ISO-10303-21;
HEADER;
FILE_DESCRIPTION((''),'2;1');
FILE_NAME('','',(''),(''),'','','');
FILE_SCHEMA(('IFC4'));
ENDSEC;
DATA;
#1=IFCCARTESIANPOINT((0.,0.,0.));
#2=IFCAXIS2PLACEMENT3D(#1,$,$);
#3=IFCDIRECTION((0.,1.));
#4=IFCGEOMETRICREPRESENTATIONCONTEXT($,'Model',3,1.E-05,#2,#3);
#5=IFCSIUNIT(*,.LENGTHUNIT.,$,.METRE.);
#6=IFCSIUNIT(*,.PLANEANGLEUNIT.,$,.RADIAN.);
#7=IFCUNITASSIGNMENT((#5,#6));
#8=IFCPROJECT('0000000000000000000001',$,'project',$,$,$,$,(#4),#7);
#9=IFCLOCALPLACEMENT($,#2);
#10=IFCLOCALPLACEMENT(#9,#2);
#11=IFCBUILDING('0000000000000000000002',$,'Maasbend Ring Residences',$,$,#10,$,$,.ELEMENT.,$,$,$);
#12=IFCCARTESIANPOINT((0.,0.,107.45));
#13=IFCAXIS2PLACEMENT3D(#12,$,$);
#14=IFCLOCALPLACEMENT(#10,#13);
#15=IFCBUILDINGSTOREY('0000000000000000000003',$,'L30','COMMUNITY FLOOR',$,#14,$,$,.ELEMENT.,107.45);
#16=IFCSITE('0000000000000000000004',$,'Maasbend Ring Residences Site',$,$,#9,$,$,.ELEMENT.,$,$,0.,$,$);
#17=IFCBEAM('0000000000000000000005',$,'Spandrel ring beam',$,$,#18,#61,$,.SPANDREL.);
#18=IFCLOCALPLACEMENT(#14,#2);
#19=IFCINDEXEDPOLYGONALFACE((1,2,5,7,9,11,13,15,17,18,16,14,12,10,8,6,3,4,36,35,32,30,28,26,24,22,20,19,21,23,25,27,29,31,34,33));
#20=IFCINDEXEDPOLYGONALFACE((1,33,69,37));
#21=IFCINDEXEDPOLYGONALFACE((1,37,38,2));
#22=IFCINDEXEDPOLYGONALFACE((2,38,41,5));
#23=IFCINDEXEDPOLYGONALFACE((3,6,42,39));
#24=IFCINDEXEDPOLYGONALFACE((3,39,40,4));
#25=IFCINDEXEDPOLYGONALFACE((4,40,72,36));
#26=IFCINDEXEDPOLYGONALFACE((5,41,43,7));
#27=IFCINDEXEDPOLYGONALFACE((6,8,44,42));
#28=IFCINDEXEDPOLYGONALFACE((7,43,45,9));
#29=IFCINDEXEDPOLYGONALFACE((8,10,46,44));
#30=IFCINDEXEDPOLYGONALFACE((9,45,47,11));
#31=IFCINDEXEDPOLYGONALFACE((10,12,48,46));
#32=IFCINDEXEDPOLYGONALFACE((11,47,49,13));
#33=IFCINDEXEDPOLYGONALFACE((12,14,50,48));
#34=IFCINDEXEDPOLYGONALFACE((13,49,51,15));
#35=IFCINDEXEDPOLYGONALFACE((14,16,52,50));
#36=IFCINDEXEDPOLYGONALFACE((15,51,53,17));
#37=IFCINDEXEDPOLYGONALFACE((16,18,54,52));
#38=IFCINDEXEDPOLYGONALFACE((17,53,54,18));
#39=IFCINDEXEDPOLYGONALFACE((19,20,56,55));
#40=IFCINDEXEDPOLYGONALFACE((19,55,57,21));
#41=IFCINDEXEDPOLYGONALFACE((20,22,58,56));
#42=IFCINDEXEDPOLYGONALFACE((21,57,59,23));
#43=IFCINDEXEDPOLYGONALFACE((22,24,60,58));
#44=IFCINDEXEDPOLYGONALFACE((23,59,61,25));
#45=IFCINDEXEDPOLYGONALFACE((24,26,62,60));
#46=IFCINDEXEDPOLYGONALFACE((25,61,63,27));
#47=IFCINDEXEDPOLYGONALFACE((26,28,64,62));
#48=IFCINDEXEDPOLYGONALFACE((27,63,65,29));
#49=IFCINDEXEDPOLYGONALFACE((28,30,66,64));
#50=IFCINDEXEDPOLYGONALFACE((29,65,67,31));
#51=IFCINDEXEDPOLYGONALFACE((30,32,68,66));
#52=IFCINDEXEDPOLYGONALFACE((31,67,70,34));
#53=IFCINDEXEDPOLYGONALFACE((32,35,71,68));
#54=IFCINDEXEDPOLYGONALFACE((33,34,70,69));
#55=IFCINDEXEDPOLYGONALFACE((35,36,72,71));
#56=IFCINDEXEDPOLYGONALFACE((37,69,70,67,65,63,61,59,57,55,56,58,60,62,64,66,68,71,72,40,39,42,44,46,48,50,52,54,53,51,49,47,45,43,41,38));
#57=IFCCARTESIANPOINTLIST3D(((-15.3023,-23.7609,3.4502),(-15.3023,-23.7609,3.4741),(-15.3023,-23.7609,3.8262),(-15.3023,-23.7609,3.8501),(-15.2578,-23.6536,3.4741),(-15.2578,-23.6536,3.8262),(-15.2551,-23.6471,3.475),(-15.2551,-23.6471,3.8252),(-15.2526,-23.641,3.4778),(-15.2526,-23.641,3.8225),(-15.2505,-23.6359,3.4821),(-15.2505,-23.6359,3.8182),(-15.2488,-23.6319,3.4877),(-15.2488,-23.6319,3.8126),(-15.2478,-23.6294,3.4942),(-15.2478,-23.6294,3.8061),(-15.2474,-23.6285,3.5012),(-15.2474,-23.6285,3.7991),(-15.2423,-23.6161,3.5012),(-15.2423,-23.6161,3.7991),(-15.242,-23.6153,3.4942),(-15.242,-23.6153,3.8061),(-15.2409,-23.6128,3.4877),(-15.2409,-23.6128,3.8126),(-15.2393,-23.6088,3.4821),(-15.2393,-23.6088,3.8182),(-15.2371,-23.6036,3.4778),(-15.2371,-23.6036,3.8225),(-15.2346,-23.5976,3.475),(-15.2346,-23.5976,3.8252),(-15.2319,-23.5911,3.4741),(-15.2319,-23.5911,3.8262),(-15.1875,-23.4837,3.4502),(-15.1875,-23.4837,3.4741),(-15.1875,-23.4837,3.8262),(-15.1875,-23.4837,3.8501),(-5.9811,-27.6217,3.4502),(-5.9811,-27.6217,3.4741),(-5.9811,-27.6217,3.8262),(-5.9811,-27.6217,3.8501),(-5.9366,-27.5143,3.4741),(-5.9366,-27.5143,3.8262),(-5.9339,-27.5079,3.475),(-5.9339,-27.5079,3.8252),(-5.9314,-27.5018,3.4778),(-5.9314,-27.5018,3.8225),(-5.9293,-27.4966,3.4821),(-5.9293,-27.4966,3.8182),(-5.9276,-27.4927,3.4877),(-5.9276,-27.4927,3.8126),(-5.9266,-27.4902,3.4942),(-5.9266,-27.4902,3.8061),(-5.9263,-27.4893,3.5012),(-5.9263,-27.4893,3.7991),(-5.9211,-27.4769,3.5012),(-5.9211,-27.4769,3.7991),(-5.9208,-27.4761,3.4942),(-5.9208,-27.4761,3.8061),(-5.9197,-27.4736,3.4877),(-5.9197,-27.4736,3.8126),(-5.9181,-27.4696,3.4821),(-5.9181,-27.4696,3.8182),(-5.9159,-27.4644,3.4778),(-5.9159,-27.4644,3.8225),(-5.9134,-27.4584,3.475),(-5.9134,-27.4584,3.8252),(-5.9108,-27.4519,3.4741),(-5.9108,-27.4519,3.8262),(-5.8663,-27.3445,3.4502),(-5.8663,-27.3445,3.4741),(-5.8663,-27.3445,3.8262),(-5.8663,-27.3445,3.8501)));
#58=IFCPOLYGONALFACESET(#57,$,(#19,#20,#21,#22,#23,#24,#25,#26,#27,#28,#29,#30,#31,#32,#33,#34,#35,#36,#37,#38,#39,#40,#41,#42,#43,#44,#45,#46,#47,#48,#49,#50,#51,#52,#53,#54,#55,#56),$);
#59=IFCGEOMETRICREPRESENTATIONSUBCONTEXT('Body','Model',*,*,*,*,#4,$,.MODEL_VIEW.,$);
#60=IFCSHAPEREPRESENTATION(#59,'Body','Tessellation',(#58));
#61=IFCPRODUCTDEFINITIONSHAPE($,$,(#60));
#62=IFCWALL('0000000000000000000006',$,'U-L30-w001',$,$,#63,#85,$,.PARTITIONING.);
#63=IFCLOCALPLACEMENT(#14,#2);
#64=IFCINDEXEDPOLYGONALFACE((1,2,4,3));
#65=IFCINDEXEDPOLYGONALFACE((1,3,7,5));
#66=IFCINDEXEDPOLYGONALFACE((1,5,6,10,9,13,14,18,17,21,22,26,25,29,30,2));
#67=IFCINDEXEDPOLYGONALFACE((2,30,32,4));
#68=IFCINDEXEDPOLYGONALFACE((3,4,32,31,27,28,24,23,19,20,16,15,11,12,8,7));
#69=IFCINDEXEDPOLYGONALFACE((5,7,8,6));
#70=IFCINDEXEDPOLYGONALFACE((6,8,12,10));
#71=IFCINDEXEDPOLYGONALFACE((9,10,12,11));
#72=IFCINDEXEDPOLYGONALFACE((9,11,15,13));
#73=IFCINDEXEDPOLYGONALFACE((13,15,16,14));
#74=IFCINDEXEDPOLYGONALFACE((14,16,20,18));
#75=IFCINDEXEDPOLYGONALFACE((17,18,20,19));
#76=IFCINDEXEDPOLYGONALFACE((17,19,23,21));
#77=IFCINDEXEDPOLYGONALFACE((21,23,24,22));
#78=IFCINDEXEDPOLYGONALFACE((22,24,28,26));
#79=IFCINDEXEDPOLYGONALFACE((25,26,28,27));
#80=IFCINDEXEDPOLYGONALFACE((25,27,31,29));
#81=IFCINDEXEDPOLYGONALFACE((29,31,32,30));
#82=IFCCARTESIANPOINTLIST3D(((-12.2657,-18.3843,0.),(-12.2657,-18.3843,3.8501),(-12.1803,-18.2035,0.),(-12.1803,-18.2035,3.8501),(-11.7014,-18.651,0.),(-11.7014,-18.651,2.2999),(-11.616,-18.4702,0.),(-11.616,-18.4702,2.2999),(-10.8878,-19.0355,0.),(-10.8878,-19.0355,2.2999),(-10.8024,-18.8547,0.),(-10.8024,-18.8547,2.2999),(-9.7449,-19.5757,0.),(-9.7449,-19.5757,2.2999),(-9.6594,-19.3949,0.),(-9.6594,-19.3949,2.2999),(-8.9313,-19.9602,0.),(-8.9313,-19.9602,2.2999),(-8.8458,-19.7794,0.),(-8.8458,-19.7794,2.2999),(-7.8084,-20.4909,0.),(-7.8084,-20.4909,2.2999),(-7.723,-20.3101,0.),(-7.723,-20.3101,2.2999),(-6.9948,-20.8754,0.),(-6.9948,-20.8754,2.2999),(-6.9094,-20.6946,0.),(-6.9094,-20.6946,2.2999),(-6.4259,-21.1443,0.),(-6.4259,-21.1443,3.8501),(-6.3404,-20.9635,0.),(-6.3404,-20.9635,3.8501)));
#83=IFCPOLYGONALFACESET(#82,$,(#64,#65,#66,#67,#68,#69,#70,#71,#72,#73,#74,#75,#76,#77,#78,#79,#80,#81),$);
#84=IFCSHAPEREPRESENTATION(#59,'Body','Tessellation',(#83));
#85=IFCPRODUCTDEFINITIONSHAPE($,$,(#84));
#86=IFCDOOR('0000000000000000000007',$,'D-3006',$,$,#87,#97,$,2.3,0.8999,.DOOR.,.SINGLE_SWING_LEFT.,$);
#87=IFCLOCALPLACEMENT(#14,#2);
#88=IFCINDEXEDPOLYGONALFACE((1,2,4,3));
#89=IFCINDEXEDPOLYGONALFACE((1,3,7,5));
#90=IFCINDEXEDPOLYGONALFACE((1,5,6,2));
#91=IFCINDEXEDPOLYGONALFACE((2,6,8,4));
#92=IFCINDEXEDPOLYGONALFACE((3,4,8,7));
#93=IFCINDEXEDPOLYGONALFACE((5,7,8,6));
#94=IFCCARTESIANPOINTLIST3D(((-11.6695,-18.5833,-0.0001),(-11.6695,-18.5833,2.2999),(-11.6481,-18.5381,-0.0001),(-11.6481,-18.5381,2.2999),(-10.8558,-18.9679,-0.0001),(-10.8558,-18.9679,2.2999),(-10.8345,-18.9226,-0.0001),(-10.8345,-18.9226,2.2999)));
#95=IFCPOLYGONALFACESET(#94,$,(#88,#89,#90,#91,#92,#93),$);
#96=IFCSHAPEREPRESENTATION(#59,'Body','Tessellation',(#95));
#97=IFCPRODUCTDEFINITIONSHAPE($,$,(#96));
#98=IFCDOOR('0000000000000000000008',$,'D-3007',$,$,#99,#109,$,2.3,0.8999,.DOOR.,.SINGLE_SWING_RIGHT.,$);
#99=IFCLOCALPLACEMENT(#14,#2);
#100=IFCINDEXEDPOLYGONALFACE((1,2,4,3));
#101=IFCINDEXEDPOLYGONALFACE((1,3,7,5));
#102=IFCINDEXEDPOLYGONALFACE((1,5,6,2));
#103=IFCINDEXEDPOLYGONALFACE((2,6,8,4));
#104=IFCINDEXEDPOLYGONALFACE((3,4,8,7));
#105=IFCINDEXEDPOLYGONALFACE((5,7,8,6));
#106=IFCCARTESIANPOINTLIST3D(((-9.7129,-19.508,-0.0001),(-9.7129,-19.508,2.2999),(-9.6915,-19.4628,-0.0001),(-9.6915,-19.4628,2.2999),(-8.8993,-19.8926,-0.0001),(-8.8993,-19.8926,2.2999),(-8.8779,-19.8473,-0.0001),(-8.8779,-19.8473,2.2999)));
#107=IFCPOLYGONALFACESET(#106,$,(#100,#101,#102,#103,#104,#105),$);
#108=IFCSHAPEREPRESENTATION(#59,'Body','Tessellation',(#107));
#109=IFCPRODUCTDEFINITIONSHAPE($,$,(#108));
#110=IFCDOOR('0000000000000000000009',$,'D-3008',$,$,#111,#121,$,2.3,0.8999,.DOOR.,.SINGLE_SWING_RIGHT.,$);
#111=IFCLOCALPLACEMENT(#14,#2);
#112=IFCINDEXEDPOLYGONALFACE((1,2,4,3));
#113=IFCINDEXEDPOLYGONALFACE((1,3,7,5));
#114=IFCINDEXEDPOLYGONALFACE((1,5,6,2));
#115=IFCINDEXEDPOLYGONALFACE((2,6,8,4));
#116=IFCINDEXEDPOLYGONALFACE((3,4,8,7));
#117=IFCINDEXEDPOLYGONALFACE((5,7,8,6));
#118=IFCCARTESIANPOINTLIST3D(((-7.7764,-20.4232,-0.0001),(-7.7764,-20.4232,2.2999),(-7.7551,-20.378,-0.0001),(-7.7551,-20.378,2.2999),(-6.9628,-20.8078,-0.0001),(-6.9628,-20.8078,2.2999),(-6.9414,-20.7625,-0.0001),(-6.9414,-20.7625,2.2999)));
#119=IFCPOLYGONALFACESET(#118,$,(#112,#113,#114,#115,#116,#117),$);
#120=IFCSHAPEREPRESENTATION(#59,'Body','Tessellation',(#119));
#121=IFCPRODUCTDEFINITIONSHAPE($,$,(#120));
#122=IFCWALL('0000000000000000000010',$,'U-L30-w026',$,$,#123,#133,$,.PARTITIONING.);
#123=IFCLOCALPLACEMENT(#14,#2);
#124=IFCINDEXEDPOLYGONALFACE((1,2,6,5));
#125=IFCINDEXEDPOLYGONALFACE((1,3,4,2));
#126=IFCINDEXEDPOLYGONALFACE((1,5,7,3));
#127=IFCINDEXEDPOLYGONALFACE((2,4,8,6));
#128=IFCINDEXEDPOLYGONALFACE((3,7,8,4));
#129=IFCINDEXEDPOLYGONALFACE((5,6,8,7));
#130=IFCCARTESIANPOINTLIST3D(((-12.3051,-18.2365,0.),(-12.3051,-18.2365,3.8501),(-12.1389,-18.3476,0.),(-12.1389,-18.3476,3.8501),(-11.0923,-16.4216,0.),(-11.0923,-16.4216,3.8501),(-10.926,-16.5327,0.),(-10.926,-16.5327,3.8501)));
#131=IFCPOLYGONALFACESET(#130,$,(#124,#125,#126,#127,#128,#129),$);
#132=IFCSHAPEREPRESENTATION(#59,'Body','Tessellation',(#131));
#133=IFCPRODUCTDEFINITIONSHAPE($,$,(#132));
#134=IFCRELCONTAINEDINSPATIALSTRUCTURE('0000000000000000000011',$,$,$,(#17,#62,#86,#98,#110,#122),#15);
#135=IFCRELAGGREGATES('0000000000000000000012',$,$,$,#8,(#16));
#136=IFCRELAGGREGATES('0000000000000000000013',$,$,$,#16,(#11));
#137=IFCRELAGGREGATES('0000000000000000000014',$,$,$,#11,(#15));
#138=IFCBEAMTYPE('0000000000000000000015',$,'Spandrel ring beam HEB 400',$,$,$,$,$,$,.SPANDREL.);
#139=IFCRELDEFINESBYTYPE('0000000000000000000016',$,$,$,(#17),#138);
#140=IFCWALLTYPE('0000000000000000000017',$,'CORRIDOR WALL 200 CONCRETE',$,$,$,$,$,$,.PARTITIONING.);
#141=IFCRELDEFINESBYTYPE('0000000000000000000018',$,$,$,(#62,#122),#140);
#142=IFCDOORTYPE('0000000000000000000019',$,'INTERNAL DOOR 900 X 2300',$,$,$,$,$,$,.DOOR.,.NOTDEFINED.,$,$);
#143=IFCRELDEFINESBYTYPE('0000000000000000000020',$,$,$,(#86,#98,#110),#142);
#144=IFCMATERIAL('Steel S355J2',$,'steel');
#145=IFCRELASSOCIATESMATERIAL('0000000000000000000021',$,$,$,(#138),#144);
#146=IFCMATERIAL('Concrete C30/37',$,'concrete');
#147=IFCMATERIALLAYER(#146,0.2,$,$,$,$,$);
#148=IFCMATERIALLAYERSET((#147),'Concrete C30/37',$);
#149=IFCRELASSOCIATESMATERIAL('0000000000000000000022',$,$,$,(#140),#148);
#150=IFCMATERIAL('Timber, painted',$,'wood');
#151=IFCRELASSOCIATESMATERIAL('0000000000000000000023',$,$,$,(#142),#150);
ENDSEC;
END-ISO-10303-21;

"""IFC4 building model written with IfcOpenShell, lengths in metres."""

from ifc_helpers import new_model, si_unit, direction, frame, frame_2d, origin, origin_2d, place, context, subcontext, project, spatial, rectangle, i_section, extrude, material, layer, layer_set, material_profile, profile_set, type_object, element, fill, save


model = new_model("IFC4")

# Units and contexts
model_context = context("Model", 3, precision=1e-05, world=origin(), true_north=direction((0.0, 1.0)))
body_context = subcontext(model_context, "Body", "Model", "MODEL_VIEW")
ifc_project = project(units=[si_unit("LENGTHUNIT", "METRE"), si_unit("PLANEANGLEUNIT", "RADIAN")], contexts=[model_context])

# Site, building, storey
site_placement = place(None, origin())
site = spatial("IfcSite", under=ifc_project, at=site_placement, Name="Maasbend Ring Residences Site", CompositionType="ELEMENT", RefElevation=0.0)
building_placement = place(site_placement, origin())
building = spatial("IfcBuilding", under=site, at=building_placement, Name="Maasbend Ring Residences", CompositionType="ELEMENT")
storey_placement = place(building_placement, frame((0.0, 0.0, 107.45)))
storey = spatial("IfcBuildingStorey", under=building, at=storey_placement, Name="L30", Description="COMMUNITY FLOOR", CompositionType="ELEMENT", Elevation=107.45)

# Beam
ifc_material_1 = material(Name="Steel S355J2", Category="steel")
ifc_material_profile_1 = material_profile(ifc_material_1, i_section(OverallWidth=0.3, OverallDepth=0.3999, WebThickness=0.0134, FlangeThickness=0.0239, FilletRadius=0.0271, at=origin_2d()), Name="HEB 400")
ifc_profile_set_1 = profile_set([ifc_material_profile_1], Name="Steel S355J2")
beam_type_1 = type_object("IfcBeamType", Name="Spandrel ring beam HEB 400", PredefinedType="SPANDREL", material=ifc_profile_set_1)
beam_1_placement = place(storey_placement, frame((-15.2449, -23.6223, 3.6501), z_axis=(0.923885, -0.38267, 0.0), x_axis=(0.38267, 0.923885, 0.0)))
element("IfcBeam", 1, at=beam_1_placement, inside=storey, type_object=beam_type_1, Name="Spandrel ring beam", PredefinedType="SPANDREL", context=body_context, shape_type="SweptSolid", body=[
    extrude(i_section(OverallWidth=0.3, OverallDepth=0.3999, WebThickness=0.0134, FlangeThickness=0.0239, FilletRadius=0.0271, at=origin_2d()), origin(), (0.0, 0.0, 1.0), 10.0891),
])

# Wall, openings, doors
ifc_material_2 = material(Name="Concrete C30/37", Category="concrete")
ifc_layer_1 = layer(ifc_material_2, 0.2)
ifc_layer_set_1 = layer_set([ifc_layer_1], Name="Concrete C30/37")
wall_type_1 = type_object("IfcWallType", Name="CORRIDOR WALL 200 CONCRETE", PredefinedType="PARTITIONING", material=ifc_layer_set_1)
wall_1_placement = place(storey_placement, frame((-12.2229, -18.2939, 0.0), z_axis=(0.0, 0.0, 1.0), x_axis=(0.904111, -0.427298, 0.0)))
wall_1 = element("IfcWall", 2, at=wall_1_placement, inside=storey, type_object=wall_type_1, Name="U-L30-w001", PredefinedType="PARTITIONING", context=body_context, shape_type="SweptSolid", body=[
    extrude(rectangle(XDim=6.4592, YDim=0.2, at=frame_2d((3.2295, 0.0))), origin(), (0.0, 0.0, 1.0), 3.8501),
])
opening_1_placement = place(wall_1_placement, frame((0.624, 0.0, 0.0)))
opening_1 = element("IfcOpeningElement", 3, at=opening_1_placement, cuts=wall_1, PredefinedType="OPENING", context=body_context, shape_type="SweptSolid", body=[
    extrude(rectangle(XDim=0.8999, YDim=2.3, at=frame_2d((0.45, 1.1499))), frame((0.0, 0.1099, 0.0), z_axis=(0.0, -1.0, 0.0), x_axis=(1.0, 0.0, 0.0)), (0.0, 0.0, 1.0), 0.22),
])
opening_2_placement = place(wall_1_placement, frame((2.7881, 0.0, 0.0)))
opening_2 = element("IfcOpeningElement", 4, at=opening_2_placement, cuts=wall_1, PredefinedType="OPENING", context=body_context, shape_type="SweptSolid", body=[
    extrude(rectangle(XDim=0.8999, YDim=2.3, at=frame_2d((0.45, 1.1499))), frame((0.0, 0.1099, 0.0), z_axis=(0.0, -1.0, 0.0), x_axis=(1.0, 0.0, 0.0)), (0.0, 0.0, 1.0), 0.22),
])
opening_3_placement = place(wall_1_placement, frame((4.9299, 0.0, 0.0)))
opening_3 = element("IfcOpeningElement", 5, at=opening_3_placement, cuts=wall_1, PredefinedType="OPENING", context=body_context, shape_type="SweptSolid", body=[
    extrude(rectangle(XDim=0.8999, YDim=2.3, at=frame_2d((0.45, 1.1499))), frame((0.0, 0.1099, 0.0), z_axis=(0.0, -1.0, 0.0), x_axis=(1.0, 0.0, 0.0)), (0.0, 0.0, 1.0), 0.22),
])
ifc_material_3 = material(Name="Timber, painted", Category="wood")
door_type_1 = type_object("IfcDoorType", Name="INTERNAL DOOR 900 X 2300", OperationType="NOTDEFINED", PredefinedType="DOOR", material=ifc_material_3)
door_1_placement = place(opening_1_placement, origin())
door_1 = element("IfcDoor", 6, at=door_1_placement, inside=storey, type_object=door_type_1, Name="D-3006", OperationType="SINGLE_SWING_LEFT", OverallHeight=2.3, OverallWidth=0.8999, PredefinedType="DOOR", context=body_context, shape_type="SweptSolid", body=[
    extrude(rectangle(XDim=0.8999, YDim=2.3, at=frame_2d((0.45, 1.1499))), frame((0.0, 0.0249, 0.0), z_axis=(0.0, -1.0, 0.0), x_axis=(1.0, 0.0, 0.0)), (0.0, 0.0, 1.0), 0.05),
])
fill(opening_1, door_1)
door_2_placement = place(opening_2_placement, origin())
door_2 = element("IfcDoor", 7, at=door_2_placement, inside=storey, type_object=door_type_1, Name="D-3007", OperationType="SINGLE_SWING_RIGHT", OverallHeight=2.3, OverallWidth=0.8999, PredefinedType="DOOR", context=body_context, shape_type="SweptSolid", body=[
    extrude(rectangle(XDim=0.8999, YDim=2.3, at=frame_2d((0.45, 1.1499))), frame((0.0, 0.0249, 0.0), z_axis=(0.0, -1.0, 0.0), x_axis=(1.0, 0.0, 0.0)), (0.0, 0.0, 1.0), 0.05),
])
fill(opening_2, door_2)
door_3_placement = place(opening_3_placement, origin())
door_3 = element("IfcDoor", 8, at=door_3_placement, inside=storey, type_object=door_type_1, Name="D-3008", OperationType="SINGLE_SWING_RIGHT", OverallHeight=2.3, OverallWidth=0.8999, PredefinedType="DOOR", context=body_context, shape_type="SweptSolid", body=[
    extrude(rectangle(XDim=0.8999, YDim=2.3, at=frame_2d((0.45, 1.1499))), frame((0.0, 0.0249, 0.0), z_axis=(0.0, -1.0, 0.0), x_axis=(1.0, 0.0, 0.0)), (0.0, 0.0, 1.0), 0.05),
])
fill(opening_3, door_3)

# Wall
wall_2_placement = place(storey_placement, frame((-12.2219, -18.292, 0.0), z_axis=(0.0, 0.0, 1.0), x_axis=(0.555629, 0.83143, 0.0)))
element("IfcWall", 9, at=wall_2_placement, inside=storey, type_object=wall_type_1, Name="U-L30-w026", PredefinedType="PARTITIONING", context=body_context, shape_type="SweptSolid", body=[
    extrude(rectangle(XDim=2.1829, YDim=0.2, at=frame_2d((1.0913, 0.0))), origin(), (0.0, 0.0, 1.0), 3.8501),
])

save(model, "model.ifc")
